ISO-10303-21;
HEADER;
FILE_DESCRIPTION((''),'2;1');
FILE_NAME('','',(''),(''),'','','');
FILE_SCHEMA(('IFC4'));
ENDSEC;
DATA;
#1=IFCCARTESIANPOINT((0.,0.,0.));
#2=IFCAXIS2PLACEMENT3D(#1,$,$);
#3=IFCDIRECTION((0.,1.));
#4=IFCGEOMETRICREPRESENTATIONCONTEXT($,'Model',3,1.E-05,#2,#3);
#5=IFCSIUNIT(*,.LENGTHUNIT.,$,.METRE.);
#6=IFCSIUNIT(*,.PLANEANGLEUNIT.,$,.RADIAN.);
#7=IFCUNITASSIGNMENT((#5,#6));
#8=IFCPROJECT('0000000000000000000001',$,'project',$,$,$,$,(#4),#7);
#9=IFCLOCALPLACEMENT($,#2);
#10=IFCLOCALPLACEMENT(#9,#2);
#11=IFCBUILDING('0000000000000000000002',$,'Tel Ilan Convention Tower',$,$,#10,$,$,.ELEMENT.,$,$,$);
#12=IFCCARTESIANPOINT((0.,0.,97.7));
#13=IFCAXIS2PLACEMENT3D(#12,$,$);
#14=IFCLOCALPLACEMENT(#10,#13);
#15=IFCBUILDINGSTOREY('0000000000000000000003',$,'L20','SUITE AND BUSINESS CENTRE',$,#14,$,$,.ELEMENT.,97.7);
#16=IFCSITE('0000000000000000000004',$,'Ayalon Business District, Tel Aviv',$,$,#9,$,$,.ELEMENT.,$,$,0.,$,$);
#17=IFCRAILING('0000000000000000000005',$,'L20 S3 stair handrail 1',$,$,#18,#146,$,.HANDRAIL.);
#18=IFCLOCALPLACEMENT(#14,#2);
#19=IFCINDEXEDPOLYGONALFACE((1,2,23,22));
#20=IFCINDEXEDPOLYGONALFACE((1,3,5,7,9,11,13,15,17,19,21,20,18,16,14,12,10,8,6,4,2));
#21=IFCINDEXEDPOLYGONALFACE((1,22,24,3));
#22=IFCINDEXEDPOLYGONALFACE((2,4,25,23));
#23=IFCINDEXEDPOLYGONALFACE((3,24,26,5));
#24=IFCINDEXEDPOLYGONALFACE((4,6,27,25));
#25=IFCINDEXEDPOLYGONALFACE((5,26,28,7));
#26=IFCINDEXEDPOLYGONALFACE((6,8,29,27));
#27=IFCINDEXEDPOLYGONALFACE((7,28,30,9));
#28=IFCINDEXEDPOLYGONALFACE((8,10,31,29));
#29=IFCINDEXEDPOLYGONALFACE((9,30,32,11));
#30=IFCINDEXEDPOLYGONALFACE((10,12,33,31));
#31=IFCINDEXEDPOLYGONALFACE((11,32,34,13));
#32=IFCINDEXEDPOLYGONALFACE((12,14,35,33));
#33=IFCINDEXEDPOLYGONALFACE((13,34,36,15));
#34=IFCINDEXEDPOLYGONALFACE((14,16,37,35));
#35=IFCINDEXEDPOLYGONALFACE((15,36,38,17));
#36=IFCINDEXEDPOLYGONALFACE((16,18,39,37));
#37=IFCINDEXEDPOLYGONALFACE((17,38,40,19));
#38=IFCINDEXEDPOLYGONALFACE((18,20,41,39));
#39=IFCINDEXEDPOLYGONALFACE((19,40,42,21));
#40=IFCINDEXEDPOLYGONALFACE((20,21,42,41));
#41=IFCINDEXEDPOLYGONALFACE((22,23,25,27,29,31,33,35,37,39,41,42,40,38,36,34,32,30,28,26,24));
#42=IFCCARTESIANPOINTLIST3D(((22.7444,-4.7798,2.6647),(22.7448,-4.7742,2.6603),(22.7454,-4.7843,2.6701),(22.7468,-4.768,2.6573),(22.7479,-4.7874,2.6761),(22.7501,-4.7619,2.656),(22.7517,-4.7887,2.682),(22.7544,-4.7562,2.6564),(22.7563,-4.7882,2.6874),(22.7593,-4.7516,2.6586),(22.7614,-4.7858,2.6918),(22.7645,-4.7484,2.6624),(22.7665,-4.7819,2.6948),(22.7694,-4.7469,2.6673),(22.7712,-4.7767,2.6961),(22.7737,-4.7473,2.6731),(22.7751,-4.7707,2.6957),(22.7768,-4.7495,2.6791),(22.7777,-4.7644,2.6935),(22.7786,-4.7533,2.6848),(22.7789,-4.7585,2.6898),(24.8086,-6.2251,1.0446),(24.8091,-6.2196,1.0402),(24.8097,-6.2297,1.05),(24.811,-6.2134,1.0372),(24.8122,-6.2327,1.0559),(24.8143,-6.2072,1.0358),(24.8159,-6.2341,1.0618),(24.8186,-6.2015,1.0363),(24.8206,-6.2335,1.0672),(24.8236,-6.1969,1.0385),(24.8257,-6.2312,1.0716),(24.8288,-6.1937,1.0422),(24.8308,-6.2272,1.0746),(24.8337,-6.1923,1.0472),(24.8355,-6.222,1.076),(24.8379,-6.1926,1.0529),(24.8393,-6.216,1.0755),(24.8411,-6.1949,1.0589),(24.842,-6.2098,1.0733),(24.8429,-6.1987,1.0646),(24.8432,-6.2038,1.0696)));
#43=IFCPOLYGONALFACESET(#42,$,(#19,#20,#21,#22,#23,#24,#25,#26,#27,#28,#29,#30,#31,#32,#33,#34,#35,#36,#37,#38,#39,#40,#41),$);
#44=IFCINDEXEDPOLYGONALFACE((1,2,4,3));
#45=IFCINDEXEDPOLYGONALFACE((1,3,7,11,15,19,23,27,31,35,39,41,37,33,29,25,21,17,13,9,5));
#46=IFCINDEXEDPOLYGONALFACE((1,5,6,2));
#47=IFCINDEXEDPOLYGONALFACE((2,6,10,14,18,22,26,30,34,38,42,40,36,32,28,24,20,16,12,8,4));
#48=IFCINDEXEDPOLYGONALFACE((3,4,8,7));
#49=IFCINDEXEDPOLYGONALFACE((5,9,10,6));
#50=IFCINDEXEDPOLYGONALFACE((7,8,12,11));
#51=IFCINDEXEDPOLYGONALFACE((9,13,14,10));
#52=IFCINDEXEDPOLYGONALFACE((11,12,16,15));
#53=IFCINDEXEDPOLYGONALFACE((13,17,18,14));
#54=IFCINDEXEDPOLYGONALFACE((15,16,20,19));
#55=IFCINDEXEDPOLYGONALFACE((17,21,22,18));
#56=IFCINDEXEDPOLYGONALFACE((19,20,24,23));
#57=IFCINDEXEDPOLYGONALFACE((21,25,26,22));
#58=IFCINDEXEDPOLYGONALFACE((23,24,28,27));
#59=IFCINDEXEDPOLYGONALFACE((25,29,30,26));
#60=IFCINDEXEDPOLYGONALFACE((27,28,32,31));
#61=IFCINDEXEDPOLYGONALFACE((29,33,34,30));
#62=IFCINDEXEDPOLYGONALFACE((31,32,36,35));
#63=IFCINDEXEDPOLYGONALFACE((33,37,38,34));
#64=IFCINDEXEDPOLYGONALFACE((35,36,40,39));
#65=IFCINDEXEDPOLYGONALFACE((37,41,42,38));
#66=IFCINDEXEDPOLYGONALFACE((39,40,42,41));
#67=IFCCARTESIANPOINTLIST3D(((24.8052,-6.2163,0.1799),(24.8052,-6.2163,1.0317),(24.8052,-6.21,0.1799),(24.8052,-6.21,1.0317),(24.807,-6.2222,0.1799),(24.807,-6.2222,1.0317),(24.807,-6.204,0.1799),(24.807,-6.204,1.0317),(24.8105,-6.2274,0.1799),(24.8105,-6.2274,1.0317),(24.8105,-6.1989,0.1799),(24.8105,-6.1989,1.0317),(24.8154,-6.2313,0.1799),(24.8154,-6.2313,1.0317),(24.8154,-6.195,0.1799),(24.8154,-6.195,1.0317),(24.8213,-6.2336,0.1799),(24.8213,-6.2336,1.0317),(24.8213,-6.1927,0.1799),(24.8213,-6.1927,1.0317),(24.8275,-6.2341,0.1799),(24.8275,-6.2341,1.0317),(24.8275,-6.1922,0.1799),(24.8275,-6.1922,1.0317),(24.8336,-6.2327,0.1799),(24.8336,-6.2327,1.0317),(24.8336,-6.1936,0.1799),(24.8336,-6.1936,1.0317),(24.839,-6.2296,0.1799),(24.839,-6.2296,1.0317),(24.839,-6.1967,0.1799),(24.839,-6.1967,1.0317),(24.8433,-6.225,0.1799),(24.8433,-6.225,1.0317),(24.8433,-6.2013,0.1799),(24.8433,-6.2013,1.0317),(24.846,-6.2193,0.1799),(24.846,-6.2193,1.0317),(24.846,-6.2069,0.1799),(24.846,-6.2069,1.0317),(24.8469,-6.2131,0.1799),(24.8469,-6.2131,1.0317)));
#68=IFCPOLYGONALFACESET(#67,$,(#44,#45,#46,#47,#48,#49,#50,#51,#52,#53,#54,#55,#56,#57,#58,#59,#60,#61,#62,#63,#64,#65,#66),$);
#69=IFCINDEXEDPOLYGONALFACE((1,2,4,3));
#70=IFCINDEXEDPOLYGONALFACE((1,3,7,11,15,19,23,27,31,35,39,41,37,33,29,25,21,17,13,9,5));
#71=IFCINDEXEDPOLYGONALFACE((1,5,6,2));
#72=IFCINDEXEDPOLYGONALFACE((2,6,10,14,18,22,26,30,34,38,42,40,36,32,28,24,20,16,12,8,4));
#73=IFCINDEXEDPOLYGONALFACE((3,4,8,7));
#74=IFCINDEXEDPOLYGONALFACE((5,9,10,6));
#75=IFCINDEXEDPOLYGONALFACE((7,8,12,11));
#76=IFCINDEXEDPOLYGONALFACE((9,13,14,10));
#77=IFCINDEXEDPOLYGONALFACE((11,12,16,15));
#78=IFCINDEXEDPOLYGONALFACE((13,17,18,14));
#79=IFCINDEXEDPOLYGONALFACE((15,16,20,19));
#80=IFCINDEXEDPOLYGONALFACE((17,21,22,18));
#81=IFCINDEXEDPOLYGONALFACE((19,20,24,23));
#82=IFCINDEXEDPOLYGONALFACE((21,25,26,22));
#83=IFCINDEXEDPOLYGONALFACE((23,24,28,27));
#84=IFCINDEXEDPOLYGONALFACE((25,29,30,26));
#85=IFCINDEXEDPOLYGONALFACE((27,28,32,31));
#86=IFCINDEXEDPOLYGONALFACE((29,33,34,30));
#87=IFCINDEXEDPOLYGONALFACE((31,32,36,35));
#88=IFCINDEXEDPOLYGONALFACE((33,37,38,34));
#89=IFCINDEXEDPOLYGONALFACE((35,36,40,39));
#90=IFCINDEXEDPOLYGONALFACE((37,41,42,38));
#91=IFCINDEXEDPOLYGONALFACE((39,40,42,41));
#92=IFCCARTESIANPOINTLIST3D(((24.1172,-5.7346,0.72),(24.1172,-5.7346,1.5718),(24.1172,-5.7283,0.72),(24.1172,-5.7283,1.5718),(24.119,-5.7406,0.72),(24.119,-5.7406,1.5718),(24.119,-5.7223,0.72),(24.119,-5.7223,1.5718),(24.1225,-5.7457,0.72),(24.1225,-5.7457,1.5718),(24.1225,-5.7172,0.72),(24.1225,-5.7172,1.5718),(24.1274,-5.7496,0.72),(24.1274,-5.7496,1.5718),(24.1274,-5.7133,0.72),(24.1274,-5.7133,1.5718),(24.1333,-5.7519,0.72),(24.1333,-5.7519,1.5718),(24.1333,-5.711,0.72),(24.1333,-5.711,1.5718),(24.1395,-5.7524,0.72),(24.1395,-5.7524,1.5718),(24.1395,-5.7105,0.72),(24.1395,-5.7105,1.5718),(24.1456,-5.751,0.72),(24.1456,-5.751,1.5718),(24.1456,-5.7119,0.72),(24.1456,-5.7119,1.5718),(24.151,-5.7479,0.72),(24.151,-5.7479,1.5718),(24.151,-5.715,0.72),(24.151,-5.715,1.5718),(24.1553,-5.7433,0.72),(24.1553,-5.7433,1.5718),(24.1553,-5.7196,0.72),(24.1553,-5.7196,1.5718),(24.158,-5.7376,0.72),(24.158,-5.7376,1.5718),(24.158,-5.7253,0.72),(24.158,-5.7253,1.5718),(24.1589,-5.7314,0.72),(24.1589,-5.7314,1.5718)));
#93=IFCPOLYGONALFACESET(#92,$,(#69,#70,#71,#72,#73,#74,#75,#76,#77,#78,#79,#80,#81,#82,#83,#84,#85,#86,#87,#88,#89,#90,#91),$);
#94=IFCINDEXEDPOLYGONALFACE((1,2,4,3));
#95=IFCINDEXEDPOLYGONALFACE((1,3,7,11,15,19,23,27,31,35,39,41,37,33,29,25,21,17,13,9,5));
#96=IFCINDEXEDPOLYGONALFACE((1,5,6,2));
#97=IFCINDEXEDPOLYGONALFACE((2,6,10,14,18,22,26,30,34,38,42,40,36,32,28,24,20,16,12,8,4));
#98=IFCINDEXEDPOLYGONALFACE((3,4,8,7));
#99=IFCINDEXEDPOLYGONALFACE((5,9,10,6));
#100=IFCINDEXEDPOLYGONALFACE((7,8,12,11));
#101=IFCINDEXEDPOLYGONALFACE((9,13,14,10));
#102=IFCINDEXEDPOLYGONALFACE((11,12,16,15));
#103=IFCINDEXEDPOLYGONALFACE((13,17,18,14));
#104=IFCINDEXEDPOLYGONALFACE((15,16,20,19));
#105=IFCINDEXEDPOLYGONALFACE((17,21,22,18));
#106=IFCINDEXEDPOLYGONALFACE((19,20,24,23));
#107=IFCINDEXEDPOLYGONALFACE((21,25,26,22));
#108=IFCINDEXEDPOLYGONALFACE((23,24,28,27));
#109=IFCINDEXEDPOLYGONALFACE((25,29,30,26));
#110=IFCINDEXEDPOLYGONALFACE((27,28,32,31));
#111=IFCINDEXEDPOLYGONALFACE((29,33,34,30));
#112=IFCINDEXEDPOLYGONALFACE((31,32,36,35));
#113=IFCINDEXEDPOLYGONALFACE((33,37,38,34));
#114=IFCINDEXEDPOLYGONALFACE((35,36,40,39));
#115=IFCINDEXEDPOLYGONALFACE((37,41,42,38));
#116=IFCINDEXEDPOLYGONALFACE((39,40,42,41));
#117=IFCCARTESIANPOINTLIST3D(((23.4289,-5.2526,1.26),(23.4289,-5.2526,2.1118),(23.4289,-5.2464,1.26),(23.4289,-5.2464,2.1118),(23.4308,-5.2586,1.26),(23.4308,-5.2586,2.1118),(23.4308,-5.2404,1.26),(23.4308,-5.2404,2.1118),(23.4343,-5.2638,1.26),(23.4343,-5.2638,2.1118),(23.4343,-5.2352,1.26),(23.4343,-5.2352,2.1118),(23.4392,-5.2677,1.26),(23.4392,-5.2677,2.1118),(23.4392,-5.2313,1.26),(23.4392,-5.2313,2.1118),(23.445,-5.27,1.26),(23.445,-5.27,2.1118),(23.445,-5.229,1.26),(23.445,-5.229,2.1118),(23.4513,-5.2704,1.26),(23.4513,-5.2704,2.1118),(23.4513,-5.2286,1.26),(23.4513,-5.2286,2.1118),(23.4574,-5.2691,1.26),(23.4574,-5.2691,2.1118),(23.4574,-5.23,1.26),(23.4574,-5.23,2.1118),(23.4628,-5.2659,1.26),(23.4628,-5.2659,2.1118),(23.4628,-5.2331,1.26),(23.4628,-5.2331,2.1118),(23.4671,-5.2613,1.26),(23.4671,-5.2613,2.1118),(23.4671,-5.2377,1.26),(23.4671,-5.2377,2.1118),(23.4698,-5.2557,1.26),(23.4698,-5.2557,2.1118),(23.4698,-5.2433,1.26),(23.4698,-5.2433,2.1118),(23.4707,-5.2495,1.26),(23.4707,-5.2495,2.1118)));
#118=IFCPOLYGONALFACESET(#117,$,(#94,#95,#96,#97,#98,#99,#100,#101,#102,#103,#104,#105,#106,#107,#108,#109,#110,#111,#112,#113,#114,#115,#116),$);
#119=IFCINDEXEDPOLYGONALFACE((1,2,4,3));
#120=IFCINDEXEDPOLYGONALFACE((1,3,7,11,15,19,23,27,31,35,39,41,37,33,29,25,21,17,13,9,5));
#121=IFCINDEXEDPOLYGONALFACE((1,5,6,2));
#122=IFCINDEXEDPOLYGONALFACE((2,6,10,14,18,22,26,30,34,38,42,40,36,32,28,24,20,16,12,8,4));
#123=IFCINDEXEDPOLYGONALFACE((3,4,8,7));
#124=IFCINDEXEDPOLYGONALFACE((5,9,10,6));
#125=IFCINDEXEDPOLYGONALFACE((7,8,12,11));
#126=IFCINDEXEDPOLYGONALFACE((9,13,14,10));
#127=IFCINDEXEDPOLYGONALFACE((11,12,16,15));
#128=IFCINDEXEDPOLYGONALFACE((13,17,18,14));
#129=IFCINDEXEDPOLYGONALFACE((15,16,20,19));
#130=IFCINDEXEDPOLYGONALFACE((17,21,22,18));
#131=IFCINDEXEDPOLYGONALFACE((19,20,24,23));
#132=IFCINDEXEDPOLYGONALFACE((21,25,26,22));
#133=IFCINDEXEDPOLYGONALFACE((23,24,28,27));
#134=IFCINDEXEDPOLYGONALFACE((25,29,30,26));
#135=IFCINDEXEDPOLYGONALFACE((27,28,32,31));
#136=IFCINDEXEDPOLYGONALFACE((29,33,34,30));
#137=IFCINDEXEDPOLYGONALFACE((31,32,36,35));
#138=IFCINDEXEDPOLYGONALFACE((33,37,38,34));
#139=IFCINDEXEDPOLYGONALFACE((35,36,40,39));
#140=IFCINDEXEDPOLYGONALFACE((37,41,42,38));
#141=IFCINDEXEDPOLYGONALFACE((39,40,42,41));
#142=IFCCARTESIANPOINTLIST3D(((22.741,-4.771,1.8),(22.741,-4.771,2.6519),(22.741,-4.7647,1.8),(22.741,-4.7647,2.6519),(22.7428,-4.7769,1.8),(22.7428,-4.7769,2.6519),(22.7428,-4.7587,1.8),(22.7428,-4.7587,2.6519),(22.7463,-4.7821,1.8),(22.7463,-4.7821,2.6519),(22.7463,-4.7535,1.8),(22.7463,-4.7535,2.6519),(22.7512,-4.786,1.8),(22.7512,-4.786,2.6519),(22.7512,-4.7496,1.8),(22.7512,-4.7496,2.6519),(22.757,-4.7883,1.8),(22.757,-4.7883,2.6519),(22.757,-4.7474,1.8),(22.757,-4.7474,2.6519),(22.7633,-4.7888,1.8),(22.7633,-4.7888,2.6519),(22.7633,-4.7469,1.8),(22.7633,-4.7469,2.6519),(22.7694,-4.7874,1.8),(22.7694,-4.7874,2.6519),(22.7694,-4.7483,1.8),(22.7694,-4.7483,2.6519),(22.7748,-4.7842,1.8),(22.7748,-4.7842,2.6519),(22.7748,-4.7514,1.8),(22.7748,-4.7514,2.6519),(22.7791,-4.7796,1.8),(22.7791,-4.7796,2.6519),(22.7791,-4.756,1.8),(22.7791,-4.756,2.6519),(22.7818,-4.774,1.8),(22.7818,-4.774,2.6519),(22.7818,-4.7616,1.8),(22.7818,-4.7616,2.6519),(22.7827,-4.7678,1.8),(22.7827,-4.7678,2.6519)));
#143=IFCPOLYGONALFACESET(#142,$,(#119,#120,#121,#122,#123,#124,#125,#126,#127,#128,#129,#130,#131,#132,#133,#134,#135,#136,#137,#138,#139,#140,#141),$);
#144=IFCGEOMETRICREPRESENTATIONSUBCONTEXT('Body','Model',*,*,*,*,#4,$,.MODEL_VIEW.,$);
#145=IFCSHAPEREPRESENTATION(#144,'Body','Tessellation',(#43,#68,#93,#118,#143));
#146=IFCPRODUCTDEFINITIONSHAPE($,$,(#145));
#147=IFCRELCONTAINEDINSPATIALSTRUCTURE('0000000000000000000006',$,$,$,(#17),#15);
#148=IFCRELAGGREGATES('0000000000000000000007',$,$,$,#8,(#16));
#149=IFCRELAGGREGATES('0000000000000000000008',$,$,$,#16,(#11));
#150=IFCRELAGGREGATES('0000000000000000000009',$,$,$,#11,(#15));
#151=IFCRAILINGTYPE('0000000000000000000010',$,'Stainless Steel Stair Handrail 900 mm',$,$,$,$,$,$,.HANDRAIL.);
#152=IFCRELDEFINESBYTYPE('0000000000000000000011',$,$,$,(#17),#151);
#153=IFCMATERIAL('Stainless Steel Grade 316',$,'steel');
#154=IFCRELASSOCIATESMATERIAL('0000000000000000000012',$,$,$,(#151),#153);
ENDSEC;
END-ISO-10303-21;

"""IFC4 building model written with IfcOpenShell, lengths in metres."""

from ifc_helpers import new_model, si_unit, direction, frame, origin, origin_2d, place, context, subcontext, project, spatial, circle, extrude, material, type_object, element, save


model = new_model("IFC4")

# Units and contexts
model_context = context("Model", 3, precision=1e-05, world=origin(), true_north=direction((0.0, 1.0)))
body_context = subcontext(model_context, "Body", "Model", "MODEL_VIEW")
ifc_project = project(units=[si_unit("LENGTHUNIT", "METRE"), si_unit("PLANEANGLEUNIT", "RADIAN")], contexts=[model_context])

# Site, building, storey
site_placement = place(None, origin())
site = spatial("IfcSite", under=ifc_project, at=site_placement, Name="Ayalon Business District, Tel Aviv", CompositionType="ELEMENT", RefElevation=0.0)
building_placement = place(site_placement, origin())
building = spatial("IfcBuilding", under=site, at=building_placement, Name="Tel Ilan Convention Tower", CompositionType="ELEMENT")
storey_placement = place(building_placement, frame((0.0, 0.0, 97.7)))
storey = spatial("IfcBuildingStorey", under=building, at=storey_placement, Name="L20", Description="SUITE AND BUSINESS CENTRE", CompositionType="ELEMENT", Elevation=97.7)

# Railing
ifc_material_1 = material(Name="Stainless Steel Grade 316", Category="steel")
railing_type_1 = type_object("IfcRailingType", Name="Stainless Steel Stair Handrail 900 mm", PredefinedType="HANDRAIL", material=ifc_material_1)
railing_1_placement = place(storey_placement, frame((24.8259, -6.2131, 0.1799)))
element("IfcRailing", 1, at=railing_1_placement, inside=storey, type_object=railing_type_1, Name="L20 S3 stair handrail 1", PredefinedType="HANDRAIL", context=body_context, shape_type="SweptSolid", body=[
    extrude(circle(Radius=0.0239, at=origin_2d()), frame((0.0, 0.0, 0.876), z_axis=(-0.68904, 0.48245, 0.540801), x_axis=(-0.57356, -0.819164, 0.0)), (0.0, 0.0, 1.0), 2.9958),
    extrude(circle(Radius=0.021, at=origin_2d()), origin(), (0.0, 0.0, 1.0), 0.8518),
    extrude(circle(Radius=0.021, at=origin_2d()), frame((-0.688, 0.4817, 0.54)), (0.0, 0.0, 1.0), 0.8518),
    extrude(circle(Radius=0.021, at=origin_2d()), frame((-1.3762, 0.9636, 1.0801)), (0.0, 0.0, 1.0), 0.8518),
    extrude(circle(Radius=0.021, at=origin_2d()), frame((-2.0642, 1.4453, 1.6201)), (0.0, 0.0, 1.0), 0.8518),
])

save(model, "model.ifc")
